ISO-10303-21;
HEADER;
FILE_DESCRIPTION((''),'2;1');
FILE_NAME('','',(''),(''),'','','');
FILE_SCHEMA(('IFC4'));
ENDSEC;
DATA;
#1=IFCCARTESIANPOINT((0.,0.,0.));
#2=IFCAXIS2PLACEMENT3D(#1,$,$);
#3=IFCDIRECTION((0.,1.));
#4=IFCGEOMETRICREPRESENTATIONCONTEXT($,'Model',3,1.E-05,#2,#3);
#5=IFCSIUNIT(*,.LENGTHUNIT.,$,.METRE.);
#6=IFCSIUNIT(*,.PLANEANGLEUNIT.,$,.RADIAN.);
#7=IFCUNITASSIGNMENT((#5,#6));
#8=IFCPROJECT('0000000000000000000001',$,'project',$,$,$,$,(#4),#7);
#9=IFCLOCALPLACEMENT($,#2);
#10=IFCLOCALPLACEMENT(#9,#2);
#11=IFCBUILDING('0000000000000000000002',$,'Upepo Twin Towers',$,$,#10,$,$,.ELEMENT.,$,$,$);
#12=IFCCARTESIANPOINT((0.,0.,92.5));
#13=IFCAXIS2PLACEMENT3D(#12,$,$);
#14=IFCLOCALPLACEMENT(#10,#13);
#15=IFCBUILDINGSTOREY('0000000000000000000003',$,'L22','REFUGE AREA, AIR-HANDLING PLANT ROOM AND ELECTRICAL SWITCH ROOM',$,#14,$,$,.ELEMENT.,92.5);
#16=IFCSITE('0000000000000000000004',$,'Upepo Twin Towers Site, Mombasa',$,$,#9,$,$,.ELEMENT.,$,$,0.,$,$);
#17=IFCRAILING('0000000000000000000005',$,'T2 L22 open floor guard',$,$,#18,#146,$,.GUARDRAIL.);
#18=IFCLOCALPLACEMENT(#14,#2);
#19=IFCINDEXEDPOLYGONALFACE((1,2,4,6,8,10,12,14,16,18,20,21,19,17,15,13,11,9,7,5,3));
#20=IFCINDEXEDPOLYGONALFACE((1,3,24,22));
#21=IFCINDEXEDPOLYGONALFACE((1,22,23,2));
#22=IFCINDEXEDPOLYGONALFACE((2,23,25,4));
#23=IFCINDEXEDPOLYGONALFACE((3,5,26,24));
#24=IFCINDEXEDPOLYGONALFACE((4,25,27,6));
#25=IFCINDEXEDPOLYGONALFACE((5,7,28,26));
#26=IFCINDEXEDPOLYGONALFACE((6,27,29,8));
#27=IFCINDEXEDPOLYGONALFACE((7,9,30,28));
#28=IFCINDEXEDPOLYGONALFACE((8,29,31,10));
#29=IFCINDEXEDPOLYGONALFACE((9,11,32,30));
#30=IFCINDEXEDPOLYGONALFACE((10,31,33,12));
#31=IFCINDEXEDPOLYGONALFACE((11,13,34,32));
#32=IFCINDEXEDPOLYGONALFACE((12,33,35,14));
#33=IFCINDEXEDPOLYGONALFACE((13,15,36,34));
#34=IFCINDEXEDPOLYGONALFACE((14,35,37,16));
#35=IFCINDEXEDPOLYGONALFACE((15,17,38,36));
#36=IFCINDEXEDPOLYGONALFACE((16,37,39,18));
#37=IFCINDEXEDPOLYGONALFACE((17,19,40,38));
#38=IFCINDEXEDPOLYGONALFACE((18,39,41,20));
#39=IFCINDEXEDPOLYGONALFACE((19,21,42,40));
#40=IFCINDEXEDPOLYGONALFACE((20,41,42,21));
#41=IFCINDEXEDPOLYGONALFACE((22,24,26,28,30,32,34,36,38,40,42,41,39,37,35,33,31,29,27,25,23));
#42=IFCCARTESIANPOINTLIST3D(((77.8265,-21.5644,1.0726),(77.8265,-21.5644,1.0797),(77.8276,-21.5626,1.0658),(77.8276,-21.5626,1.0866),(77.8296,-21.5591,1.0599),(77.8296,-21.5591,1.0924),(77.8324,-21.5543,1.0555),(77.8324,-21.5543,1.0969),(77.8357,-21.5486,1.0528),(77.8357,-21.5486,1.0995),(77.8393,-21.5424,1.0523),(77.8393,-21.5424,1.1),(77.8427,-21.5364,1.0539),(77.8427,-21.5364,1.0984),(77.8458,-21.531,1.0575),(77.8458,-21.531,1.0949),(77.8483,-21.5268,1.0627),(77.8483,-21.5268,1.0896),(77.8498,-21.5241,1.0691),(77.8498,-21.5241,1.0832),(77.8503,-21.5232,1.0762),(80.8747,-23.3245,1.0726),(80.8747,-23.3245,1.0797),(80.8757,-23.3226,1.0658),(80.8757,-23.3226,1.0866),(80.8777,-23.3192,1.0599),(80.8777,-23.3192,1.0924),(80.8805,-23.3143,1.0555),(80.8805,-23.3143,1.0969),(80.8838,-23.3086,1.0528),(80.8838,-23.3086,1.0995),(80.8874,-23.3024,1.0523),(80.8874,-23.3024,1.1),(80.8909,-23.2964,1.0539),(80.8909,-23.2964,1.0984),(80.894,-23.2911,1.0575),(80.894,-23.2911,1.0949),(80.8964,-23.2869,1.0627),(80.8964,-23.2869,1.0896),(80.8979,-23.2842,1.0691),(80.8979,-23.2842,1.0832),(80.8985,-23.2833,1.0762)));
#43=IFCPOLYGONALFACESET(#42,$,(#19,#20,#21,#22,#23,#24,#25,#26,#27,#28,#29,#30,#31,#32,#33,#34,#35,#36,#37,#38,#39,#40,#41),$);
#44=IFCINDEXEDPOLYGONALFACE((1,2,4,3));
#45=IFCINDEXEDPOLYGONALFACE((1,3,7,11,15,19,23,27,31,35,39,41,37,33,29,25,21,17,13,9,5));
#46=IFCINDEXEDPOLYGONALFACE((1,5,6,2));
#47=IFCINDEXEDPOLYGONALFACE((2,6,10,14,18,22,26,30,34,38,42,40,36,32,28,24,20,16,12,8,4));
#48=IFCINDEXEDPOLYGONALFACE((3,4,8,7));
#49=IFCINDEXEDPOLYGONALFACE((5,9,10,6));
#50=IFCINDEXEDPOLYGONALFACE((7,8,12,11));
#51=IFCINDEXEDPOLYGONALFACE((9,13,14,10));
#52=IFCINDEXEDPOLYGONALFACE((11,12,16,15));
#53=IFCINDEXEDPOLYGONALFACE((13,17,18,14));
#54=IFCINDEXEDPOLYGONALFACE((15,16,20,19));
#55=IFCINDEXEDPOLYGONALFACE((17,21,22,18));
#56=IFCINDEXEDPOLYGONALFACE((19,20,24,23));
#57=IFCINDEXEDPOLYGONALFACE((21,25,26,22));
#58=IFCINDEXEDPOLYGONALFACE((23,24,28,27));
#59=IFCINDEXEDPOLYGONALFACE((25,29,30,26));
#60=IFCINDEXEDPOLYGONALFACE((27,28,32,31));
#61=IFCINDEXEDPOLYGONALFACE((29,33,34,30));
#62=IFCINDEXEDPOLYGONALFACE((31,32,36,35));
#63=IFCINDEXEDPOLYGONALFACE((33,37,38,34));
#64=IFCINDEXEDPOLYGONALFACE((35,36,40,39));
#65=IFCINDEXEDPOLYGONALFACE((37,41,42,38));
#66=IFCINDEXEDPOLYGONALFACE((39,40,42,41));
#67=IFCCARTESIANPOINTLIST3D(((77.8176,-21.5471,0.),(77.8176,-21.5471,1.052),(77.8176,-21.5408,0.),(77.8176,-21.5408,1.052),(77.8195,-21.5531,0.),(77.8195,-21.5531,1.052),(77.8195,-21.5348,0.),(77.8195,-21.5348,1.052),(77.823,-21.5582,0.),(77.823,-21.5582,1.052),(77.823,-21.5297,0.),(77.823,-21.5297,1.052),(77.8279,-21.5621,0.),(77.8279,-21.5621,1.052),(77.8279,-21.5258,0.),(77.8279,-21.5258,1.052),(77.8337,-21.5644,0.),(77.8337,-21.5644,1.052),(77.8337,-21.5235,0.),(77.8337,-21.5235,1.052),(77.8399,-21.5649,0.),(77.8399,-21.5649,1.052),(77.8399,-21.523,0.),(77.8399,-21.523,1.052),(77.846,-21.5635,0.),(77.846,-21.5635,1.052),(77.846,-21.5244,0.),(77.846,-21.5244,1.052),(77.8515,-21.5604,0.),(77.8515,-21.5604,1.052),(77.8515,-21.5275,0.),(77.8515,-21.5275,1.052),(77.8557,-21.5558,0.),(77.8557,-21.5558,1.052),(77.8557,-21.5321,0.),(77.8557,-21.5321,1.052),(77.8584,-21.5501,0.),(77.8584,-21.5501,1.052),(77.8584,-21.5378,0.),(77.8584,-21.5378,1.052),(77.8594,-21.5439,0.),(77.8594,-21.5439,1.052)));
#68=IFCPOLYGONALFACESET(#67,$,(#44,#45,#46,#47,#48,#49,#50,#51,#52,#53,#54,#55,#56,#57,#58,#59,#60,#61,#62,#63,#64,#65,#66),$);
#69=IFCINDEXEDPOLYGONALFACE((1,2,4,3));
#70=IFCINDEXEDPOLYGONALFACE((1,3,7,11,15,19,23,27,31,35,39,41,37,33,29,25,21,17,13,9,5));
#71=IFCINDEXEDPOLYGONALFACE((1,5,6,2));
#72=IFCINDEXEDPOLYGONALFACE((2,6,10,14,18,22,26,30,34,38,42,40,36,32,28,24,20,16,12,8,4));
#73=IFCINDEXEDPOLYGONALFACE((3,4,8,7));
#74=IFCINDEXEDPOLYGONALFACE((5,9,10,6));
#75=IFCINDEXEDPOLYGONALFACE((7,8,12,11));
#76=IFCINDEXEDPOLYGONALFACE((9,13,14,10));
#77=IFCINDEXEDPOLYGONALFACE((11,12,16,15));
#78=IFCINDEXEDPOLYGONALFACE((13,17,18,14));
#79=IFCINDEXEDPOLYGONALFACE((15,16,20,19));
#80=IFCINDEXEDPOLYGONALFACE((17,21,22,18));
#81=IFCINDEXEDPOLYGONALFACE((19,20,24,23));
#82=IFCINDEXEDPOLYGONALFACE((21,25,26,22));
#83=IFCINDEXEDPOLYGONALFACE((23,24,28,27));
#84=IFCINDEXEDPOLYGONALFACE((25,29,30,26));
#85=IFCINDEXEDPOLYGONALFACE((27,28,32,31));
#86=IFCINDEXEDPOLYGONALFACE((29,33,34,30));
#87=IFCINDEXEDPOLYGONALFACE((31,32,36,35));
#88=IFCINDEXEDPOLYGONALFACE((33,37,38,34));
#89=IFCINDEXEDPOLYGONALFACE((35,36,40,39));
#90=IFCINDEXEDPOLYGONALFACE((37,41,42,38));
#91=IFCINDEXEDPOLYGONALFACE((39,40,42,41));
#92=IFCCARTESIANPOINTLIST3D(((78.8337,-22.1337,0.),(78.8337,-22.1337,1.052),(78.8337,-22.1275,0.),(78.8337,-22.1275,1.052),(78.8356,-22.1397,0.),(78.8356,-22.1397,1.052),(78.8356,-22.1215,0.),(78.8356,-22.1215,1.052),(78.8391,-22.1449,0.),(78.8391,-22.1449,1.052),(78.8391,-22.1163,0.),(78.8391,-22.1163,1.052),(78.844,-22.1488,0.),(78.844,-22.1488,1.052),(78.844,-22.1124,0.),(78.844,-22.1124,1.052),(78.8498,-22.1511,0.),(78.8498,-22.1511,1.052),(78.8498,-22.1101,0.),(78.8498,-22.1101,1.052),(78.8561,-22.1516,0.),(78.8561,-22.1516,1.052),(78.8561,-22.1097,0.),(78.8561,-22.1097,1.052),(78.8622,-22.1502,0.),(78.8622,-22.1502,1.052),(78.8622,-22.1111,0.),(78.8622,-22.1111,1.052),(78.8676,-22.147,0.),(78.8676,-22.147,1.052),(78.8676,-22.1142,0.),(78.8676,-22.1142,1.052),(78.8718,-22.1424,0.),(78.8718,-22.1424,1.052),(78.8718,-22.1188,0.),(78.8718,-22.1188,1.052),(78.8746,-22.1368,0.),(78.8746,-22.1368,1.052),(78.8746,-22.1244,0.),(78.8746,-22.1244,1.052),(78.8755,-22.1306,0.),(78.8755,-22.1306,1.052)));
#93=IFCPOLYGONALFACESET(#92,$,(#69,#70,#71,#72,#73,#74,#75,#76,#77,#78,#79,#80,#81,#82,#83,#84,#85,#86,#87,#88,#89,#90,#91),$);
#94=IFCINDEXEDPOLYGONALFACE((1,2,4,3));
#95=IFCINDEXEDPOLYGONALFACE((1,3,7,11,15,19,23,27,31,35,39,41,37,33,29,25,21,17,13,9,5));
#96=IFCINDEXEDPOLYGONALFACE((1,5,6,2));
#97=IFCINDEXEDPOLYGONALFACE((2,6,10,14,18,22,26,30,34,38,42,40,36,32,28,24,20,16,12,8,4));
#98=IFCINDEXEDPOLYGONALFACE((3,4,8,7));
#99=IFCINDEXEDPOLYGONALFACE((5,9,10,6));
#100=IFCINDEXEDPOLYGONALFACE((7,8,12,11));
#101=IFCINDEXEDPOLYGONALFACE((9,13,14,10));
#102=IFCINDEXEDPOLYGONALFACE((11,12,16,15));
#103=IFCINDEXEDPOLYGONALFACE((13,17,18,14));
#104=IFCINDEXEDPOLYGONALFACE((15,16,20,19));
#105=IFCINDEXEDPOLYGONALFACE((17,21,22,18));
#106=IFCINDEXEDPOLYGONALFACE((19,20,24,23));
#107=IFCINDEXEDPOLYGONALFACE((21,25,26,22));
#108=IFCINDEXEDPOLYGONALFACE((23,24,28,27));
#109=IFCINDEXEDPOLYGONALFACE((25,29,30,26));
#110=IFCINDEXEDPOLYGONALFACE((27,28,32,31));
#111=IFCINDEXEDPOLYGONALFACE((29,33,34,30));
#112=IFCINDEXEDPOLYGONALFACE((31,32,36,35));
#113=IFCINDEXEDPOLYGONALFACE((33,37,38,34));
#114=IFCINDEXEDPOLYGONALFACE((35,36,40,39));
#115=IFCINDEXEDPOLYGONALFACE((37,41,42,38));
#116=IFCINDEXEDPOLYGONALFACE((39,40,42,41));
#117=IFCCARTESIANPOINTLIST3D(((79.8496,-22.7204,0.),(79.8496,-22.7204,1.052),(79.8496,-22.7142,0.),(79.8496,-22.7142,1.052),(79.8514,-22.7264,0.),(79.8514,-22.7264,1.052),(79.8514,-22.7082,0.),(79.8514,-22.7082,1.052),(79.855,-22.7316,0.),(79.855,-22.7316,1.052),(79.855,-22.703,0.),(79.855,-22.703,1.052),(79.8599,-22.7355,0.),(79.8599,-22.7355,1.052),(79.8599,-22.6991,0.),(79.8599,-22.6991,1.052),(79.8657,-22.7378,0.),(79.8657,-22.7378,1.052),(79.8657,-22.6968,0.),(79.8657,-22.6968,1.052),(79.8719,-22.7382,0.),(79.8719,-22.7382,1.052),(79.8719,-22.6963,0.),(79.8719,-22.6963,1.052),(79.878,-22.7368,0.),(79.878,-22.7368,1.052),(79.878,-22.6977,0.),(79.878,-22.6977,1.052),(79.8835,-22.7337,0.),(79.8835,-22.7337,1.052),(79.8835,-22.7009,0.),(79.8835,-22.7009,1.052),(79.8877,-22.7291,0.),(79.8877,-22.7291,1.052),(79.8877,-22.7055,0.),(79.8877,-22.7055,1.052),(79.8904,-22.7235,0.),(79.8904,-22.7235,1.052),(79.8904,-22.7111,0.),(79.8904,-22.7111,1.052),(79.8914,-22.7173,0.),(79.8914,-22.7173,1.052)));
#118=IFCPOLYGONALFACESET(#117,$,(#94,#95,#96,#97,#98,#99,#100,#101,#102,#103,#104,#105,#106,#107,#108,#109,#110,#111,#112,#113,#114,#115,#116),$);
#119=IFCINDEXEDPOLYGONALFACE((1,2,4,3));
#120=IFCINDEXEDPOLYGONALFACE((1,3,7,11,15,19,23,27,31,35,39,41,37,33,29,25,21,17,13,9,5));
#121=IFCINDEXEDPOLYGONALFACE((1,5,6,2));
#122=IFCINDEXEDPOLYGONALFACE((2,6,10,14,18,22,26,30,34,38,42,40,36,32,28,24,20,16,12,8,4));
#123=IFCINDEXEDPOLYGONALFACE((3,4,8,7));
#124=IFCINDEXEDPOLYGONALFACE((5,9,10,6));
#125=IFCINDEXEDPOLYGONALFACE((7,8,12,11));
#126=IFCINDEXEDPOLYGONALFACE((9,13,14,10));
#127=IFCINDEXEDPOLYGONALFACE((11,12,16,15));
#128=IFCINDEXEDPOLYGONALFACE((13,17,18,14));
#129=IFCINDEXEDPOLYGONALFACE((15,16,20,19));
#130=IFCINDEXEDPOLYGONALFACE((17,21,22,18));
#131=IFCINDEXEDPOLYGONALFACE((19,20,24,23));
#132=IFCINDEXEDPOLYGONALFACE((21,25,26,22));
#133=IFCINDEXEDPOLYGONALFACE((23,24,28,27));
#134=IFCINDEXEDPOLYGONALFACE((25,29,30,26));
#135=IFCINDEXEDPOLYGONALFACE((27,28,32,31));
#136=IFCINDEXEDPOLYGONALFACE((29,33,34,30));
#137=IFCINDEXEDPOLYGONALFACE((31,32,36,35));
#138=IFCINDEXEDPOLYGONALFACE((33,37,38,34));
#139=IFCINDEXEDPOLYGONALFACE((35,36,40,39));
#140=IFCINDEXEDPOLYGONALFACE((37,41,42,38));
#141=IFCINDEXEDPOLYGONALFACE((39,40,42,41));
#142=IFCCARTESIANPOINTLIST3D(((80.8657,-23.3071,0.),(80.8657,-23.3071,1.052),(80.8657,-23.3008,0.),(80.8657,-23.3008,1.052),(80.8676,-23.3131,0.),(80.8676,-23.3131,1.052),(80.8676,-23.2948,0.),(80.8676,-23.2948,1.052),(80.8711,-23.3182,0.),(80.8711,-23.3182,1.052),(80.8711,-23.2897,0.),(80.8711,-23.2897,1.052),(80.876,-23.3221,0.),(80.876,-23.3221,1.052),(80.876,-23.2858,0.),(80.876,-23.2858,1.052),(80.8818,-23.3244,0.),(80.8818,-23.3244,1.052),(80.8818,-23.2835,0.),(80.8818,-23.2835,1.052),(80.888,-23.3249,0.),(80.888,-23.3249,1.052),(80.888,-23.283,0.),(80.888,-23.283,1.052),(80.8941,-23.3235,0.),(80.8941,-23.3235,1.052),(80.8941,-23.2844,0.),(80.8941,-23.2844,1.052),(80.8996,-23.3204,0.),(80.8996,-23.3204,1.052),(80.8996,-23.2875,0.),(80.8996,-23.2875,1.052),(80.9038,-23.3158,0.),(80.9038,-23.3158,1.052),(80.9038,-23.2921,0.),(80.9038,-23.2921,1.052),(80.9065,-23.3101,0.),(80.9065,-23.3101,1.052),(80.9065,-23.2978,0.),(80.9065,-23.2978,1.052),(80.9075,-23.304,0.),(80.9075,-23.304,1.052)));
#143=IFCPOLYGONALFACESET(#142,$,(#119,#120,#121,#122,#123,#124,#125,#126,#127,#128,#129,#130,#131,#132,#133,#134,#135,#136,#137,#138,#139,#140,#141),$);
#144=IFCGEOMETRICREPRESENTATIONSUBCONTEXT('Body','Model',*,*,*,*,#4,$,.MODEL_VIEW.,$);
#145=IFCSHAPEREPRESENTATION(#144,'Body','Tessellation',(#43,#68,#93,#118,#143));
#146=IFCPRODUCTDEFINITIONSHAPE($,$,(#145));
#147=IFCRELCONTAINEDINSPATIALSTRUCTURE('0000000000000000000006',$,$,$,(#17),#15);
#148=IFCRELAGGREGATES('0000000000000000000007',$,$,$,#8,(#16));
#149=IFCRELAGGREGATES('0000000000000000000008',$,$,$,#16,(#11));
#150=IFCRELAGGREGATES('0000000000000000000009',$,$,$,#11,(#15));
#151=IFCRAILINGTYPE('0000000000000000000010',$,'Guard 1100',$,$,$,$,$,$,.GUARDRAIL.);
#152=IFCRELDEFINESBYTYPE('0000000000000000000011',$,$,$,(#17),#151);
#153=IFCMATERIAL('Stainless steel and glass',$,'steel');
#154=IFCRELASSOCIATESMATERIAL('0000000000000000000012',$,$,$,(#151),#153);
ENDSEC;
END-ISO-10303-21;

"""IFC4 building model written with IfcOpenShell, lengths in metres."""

from ifc_helpers import new_model, si_unit, direction, frame, origin, origin_2d, place, context, subcontext, project, spatial, circle, extrude, material, type_object, element, save


model = new_model("IFC4")

# Units and contexts
model_context = context("Model", 3, precision=1e-05, world=origin(), true_north=direction((0.0, 1.0)))
body_context = subcontext(model_context, "Body", "Model", "MODEL_VIEW")
ifc_project = project(units=[si_unit("LENGTHUNIT", "METRE"), si_unit("PLANEANGLEUNIT", "RADIAN")], contexts=[model_context])

# Site, building, storey
site_placement = place(None, origin())
site = spatial("IfcSite", under=ifc_project, at=site_placement, Name="Upepo Twin Towers Site, Mombasa", CompositionType="ELEMENT", RefElevation=0.0)
building_placement = place(site_placement, origin())
building = spatial("IfcBuilding", under=site, at=building_placement, Name="Upepo Twin Towers", CompositionType="ELEMENT")
storey_placement = place(building_placement, frame((0.0, 0.0, 92.5)))
storey = spatial("IfcBuildingStorey", under=building, at=storey_placement, Name="L22", Description="REFUGE AREA, AIR-HANDLING PLANT ROOM AND ELECTRICAL SWITCH ROOM", CompositionType="ELEMENT", Elevation=92.5)

# Railing
ifc_material_1 = material(Name="Stainless steel and glass", Category="steel")
railing_type = type_object("IfcRailingType", Name="Guard 1100", PredefinedType="GUARDRAIL", material=ifc_material_1)
for number, where, name in (
    (1, (77.8384, -21.5439, 0.0), "T2 L22 open floor guard"),
):
    element("IfcRailing", number, at=place(storey_placement, frame(where)), inside=storey, type_object=railing_type, Name=name, PredefinedType="GUARDRAIL", context=body_context, shape_type="SweptSolid", body=[
        extrude(circle(Radius=0.0239, at=origin_2d()), frame((0.0, 0.0, 1.0762), z_axis=(0.866002, -0.500041, 0.0), x_axis=(0.500041, 0.866002, 0.0)), (0.0, 0.0, 1.0), 3.5198),
        extrude(circle(Radius=0.021, at=origin_2d()), origin(), (0.0, 0.0, 1.0), 1.052),
        extrude(circle(Radius=0.021, at=origin_2d()), frame((1.0161, -0.5867, 0.0)), (0.0, 0.0, 1.0), 1.052),
        extrude(circle(Radius=0.021, at=origin_2d()), frame((2.032, -1.1733, 0.0)), (0.0, 0.0, 1.0), 1.052),
        extrude(circle(Radius=0.021, at=origin_2d()), frame((3.0481, -1.76, 0.0)), (0.0, 0.0, 1.0), 1.052),
    ])

save(model, "model.ifc")
